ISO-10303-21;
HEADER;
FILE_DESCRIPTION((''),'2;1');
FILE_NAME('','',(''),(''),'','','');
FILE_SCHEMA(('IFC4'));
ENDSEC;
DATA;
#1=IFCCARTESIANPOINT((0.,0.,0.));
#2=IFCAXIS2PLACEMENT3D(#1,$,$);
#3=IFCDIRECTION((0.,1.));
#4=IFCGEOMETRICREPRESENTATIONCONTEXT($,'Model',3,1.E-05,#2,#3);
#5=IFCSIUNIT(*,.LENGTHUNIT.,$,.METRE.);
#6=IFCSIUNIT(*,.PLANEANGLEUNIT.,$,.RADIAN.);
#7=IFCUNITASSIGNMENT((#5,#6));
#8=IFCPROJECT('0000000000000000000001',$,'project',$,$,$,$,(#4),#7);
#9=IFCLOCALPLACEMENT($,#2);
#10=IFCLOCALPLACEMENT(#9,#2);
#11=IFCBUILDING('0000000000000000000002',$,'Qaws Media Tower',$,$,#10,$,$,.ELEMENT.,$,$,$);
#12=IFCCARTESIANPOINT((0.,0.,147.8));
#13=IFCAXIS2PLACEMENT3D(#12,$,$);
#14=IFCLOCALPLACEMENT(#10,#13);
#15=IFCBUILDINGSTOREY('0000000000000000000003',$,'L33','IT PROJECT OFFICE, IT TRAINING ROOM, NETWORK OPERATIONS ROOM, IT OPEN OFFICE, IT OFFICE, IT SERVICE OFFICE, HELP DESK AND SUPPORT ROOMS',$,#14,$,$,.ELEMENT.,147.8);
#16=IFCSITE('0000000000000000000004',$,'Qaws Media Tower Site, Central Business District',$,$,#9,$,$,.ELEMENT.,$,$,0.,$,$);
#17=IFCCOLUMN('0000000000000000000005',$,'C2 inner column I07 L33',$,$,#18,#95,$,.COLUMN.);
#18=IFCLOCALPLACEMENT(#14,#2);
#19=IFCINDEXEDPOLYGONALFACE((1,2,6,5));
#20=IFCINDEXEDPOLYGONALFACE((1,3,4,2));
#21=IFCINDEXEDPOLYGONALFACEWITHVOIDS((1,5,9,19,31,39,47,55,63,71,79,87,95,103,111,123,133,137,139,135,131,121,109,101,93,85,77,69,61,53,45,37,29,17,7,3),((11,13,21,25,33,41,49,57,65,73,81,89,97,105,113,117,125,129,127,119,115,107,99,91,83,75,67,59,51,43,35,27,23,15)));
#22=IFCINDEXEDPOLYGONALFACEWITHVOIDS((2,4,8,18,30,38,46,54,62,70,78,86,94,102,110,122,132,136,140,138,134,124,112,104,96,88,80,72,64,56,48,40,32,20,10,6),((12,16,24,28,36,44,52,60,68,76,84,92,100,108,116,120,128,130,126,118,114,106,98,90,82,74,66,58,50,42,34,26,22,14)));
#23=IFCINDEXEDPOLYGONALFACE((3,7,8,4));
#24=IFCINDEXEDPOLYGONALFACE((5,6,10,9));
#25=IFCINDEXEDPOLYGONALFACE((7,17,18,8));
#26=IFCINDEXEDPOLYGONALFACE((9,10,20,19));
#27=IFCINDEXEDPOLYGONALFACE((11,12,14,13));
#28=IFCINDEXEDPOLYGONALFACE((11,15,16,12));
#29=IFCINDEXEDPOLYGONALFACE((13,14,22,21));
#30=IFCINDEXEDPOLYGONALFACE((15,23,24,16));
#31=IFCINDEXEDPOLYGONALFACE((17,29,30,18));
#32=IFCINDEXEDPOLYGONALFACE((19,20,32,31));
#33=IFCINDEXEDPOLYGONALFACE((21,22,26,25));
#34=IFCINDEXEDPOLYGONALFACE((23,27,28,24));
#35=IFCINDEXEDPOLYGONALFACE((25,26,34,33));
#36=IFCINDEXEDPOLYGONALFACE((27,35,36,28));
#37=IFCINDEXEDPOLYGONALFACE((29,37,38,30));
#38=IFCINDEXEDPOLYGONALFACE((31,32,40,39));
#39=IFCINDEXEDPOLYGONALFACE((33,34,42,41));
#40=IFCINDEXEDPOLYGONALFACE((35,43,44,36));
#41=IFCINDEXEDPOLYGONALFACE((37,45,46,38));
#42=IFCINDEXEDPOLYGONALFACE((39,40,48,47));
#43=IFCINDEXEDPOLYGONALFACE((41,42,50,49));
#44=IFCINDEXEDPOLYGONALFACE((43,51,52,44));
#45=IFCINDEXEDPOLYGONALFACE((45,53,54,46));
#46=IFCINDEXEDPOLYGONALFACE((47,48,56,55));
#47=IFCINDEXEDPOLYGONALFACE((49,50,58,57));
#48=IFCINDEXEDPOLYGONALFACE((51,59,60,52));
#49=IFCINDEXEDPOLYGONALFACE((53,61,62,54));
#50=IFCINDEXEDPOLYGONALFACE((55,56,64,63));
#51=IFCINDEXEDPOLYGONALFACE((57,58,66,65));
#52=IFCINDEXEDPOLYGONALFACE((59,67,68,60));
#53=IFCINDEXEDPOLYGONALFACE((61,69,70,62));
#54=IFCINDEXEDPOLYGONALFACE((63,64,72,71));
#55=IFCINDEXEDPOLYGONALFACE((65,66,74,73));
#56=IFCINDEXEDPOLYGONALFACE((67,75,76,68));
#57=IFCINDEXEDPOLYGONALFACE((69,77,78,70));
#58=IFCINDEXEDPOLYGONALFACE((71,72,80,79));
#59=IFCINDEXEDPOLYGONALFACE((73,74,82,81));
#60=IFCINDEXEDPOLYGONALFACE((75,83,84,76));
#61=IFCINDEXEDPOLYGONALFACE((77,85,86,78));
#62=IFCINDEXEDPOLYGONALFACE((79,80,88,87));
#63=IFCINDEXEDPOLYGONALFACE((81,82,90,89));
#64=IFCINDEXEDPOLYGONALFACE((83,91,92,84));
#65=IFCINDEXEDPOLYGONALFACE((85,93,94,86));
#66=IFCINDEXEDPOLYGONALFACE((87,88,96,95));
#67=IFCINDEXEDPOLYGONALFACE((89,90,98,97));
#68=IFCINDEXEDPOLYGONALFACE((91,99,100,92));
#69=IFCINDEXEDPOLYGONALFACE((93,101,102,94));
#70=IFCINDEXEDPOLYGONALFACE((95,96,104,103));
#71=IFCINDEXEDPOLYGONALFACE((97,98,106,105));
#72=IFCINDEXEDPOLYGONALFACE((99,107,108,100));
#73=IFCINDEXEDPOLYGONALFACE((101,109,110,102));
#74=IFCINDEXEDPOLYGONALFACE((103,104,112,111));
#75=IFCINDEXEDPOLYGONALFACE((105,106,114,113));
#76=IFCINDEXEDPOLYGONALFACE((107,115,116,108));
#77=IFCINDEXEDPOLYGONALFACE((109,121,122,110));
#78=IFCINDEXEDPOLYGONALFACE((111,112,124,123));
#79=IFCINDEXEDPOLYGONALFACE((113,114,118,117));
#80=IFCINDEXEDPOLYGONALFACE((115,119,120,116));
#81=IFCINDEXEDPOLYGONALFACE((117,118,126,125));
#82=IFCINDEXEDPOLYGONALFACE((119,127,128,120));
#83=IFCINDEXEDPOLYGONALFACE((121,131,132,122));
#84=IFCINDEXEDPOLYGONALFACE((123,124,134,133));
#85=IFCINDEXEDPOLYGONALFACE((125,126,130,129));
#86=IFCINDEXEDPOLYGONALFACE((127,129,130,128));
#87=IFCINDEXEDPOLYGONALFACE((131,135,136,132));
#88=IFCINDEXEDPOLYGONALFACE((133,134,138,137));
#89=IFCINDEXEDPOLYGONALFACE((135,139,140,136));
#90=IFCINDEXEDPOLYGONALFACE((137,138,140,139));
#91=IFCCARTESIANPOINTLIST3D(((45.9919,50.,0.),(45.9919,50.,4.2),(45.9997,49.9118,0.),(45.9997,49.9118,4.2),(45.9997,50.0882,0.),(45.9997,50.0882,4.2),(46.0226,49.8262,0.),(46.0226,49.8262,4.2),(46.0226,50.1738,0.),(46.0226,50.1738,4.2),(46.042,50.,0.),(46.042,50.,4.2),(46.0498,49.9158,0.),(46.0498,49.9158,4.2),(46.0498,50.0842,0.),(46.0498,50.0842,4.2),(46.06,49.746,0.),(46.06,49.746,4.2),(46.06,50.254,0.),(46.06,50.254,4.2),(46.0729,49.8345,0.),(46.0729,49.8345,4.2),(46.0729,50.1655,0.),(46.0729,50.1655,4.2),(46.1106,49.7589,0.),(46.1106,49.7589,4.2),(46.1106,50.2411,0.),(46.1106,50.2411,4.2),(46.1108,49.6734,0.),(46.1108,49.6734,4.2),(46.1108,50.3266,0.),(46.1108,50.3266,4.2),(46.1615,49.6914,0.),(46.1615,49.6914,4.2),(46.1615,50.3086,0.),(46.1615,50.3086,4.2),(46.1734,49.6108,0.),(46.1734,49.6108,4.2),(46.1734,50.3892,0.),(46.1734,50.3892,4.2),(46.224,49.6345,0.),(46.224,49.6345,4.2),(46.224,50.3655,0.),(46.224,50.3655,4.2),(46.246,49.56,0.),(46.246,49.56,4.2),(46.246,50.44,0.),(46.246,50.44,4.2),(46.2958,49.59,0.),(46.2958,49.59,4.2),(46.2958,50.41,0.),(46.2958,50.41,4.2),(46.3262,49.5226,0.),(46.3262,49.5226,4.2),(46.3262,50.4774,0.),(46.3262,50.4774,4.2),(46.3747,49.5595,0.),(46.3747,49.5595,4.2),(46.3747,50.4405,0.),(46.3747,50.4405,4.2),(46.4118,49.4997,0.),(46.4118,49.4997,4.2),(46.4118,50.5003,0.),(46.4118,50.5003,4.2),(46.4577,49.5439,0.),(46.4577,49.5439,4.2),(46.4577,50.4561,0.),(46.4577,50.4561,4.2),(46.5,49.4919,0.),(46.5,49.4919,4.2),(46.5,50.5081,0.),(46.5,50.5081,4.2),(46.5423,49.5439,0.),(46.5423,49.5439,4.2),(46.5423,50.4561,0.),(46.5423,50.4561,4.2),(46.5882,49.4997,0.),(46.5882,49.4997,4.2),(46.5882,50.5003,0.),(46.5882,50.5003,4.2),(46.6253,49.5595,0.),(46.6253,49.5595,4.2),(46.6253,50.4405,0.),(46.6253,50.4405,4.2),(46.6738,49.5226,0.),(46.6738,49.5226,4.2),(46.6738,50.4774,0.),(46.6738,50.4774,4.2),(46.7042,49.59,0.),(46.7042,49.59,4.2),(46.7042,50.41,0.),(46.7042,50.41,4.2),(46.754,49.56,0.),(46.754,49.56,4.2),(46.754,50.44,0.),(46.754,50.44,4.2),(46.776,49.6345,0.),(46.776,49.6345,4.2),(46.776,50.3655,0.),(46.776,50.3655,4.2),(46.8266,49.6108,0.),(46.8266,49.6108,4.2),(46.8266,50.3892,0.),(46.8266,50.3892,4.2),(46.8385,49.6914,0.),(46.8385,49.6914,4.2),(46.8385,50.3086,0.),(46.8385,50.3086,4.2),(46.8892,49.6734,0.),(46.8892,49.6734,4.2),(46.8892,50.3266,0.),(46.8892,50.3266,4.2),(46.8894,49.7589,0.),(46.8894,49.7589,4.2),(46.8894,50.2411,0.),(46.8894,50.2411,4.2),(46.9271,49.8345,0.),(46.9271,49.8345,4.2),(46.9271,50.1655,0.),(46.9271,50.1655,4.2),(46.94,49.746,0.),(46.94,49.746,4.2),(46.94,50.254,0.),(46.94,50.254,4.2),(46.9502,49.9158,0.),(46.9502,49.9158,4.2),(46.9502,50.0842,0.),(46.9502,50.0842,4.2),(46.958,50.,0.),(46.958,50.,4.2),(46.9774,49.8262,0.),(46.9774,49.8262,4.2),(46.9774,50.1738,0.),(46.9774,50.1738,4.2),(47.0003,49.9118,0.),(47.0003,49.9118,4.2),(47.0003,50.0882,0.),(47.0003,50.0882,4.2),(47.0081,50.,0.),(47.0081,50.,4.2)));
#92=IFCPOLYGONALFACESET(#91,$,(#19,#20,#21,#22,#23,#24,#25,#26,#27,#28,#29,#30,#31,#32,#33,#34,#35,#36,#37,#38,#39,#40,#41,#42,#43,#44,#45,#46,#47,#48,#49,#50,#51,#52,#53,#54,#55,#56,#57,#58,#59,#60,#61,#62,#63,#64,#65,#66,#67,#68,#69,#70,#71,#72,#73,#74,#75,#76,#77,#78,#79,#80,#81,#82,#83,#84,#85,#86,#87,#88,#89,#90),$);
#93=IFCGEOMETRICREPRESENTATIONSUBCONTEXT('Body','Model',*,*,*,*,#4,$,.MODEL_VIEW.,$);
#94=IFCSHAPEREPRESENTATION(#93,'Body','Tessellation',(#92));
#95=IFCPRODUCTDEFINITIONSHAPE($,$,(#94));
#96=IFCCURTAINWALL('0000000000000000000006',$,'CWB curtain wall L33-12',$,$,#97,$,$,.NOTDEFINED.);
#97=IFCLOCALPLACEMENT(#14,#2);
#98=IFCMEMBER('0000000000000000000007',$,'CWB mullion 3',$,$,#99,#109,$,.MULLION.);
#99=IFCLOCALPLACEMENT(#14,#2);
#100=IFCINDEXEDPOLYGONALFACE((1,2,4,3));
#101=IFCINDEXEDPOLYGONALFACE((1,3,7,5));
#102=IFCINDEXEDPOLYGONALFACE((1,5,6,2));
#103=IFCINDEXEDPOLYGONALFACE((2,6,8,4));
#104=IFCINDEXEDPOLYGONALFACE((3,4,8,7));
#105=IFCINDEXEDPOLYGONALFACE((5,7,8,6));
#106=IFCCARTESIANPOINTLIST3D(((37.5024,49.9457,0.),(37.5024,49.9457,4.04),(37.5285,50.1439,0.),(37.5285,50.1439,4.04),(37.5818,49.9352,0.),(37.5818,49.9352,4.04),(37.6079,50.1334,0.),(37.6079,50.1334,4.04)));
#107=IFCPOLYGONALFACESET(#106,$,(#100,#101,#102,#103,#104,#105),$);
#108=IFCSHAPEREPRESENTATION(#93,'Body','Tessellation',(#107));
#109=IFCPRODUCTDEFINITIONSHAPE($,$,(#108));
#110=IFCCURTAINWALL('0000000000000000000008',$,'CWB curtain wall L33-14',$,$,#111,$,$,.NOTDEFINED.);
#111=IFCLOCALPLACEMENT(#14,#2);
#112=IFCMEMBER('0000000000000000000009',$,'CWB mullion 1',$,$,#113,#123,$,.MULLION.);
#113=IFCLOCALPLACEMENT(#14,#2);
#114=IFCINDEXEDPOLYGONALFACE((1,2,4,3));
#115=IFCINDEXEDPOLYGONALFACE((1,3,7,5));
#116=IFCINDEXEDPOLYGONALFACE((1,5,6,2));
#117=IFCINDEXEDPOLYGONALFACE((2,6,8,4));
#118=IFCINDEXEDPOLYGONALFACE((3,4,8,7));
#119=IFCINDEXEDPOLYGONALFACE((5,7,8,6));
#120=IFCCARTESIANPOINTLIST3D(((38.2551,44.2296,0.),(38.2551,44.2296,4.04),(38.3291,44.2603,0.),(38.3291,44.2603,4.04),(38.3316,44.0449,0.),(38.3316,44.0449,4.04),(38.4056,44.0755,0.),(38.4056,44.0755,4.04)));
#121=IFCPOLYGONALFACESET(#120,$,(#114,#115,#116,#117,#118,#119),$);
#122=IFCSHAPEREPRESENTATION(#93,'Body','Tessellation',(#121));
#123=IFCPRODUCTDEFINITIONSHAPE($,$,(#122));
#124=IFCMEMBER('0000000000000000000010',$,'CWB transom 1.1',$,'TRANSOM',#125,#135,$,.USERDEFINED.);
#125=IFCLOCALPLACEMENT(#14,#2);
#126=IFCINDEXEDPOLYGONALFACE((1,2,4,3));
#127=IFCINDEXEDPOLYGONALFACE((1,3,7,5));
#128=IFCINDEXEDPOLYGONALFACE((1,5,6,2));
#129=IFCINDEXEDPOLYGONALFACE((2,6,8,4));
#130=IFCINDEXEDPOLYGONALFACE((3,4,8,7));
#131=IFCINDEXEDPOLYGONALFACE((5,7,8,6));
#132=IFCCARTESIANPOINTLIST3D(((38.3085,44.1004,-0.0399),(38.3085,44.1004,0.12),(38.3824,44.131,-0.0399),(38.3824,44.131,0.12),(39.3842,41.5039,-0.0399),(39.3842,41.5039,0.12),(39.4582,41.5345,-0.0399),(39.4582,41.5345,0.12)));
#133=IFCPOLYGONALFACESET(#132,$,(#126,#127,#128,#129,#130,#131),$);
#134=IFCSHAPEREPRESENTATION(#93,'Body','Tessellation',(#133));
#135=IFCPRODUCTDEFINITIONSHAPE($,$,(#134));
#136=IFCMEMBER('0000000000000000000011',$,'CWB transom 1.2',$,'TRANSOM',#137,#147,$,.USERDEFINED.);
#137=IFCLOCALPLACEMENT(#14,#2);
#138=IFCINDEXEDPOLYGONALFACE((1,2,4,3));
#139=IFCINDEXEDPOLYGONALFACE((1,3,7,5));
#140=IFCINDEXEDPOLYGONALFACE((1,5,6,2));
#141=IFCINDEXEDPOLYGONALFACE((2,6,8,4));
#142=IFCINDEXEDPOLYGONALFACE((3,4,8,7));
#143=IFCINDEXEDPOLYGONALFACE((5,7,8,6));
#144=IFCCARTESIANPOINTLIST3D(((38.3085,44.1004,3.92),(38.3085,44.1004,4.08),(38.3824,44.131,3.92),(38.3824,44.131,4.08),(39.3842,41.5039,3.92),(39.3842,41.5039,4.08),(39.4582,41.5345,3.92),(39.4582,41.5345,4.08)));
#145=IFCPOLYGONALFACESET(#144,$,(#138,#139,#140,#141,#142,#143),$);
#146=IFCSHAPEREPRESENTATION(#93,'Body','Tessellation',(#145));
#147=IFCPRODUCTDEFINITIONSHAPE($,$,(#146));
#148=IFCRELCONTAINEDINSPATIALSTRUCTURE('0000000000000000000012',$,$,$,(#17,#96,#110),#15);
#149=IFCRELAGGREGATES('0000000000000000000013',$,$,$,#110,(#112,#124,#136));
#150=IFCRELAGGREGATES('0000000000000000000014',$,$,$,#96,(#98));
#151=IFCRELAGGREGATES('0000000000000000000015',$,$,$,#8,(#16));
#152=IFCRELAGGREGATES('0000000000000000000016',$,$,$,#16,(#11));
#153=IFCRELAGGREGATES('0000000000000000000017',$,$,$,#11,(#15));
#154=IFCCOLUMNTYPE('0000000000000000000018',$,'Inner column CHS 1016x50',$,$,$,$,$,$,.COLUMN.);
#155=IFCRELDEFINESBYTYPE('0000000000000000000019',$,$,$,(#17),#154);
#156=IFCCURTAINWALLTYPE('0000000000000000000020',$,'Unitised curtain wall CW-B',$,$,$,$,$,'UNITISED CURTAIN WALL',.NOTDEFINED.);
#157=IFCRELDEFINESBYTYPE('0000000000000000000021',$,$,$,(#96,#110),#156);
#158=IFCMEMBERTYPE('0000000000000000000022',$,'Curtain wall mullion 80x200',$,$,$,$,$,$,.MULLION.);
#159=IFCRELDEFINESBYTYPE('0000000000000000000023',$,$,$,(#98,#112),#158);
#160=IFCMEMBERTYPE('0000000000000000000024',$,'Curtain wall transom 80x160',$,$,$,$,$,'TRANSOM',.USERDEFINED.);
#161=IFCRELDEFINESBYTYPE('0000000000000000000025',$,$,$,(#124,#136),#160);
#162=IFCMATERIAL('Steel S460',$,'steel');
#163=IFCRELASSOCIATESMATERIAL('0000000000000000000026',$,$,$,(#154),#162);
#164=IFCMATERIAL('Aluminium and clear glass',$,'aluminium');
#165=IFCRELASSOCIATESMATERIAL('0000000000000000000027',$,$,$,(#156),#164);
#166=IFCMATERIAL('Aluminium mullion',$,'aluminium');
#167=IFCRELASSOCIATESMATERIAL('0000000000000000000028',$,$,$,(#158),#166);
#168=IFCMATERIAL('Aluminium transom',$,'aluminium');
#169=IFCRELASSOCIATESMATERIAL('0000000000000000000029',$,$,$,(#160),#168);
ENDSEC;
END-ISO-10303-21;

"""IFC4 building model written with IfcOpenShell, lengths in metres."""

from ifc_helpers import new_model, si_unit, direction, frame, origin, origin_2d, place, context, subcontext, project, spatial, rectangle, hollow_circle, extrude, material, material_profile, profile_set, type_object, element, aggregate, save


model = new_model("IFC4")

# Units and contexts
model_context = context("Model", 3, precision=1e-05, world=origin(), true_north=direction((0.0, 1.0)))
body_context = subcontext(model_context, "Body", "Model", "MODEL_VIEW")
ifc_project = project(units=[si_unit("LENGTHUNIT", "METRE"), si_unit("PLANEANGLEUNIT", "RADIAN")], contexts=[model_context])

# Site, building, storey
site_placement = place(None, origin())
site = spatial("IfcSite", under=ifc_project, at=site_placement, Name="Qaws Media Tower Site, Central Business District", CompositionType="ELEMENT", RefElevation=0.0)
building_placement = place(site_placement, origin())
building = spatial("IfcBuilding", under=site, at=building_placement, Name="Qaws Media Tower", CompositionType="ELEMENT")
storey_placement = place(building_placement, frame((0.0, 0.0, 147.8)))
storey = spatial("IfcBuildingStorey", under=building, at=storey_placement, Name="L33", Description="IT PROJECT OFFICE, IT TRAINING ROOM, NETWORK OPERATIONS ROOM, IT OPEN OFFICE, IT OFFICE, IT SERVICE OFFICE, HELP DESK AND SUPPORT ROOMS", CompositionType="ELEMENT", Elevation=147.8)

# Column
ifc_material_1 = material(Name="Steel S460", Category="steel")
ifc_material_profile_1 = material_profile(ifc_material_1, hollow_circle(Radius=0.5081, WallThickness=0.05, at=origin_2d()), Name="CHS 1016x50")
ifc_profile_set_1 = profile_set([ifc_material_profile_1], Name="Steel S460")
column_type = type_object("IfcColumnType", Name="Inner column CHS 1016x50", PredefinedType="COLUMN", material=ifc_profile_set_1)
column_placement = place(storey_placement, frame((46.5, 50.0, 0.0), z_axis=(0.0, 0.0, 1.0), x_axis=(1.0, 0.0, 0.0)))
element("IfcColumn", 1, at=column_placement, inside=storey, type_object=column_type, Name="C2 inner column I07 L33", PredefinedType="COLUMN", context=body_context, shape_type="SweptSolid", body=[
    extrude(hollow_circle(Radius=0.5081, WallThickness=0.05, at=origin_2d()), origin(), (0.0, 0.0, 1.0), 4.2),
])

# Curtain wall, member
ifc_material_2 = material(Name="Aluminium and clear glass", Category="aluminium")
curtain_wall_type = type_object("IfcCurtainWallType", Name="Unitised curtain wall CW-B", ElementType="UNITISED CURTAIN WALL", PredefinedType="NOTDEFINED", material=ifc_material_2)
curtain_wall_1_placement = place(storey_placement, origin())
curtain_wall_1 = element("IfcCurtainWall", 2, at=curtain_wall_1_placement, inside=storey, type_object=curtain_wall_type, Name="CWB curtain wall L33-12", PredefinedType="NOTDEFINED")
ifc_material_3 = material(Name="Aluminium mullion", Category="aluminium")
ifc_material_profile_2 = material_profile(ifc_material_3, rectangle(XDim=0.0801, YDim=0.2, at=origin_2d()), Name="80x200")
ifc_profile_set_2 = profile_set([ifc_material_profile_2], Name="Aluminium mullion")
member_type_1 = type_object("IfcMemberType", Name="Curtain wall mullion 80x200", PredefinedType="MULLION", material=ifc_profile_set_2)
member_1_placement = place(storey_placement, frame((37.5552, 50.0396, 0.0), z_axis=(0.0, 0.0, 1.0), x_axis=(0.991445, -0.130526, 0.0)))
member_1 = element("IfcMember", 3, at=member_1_placement, type_object=member_type_1, Name="CWB mullion 3", PredefinedType="MULLION", context=body_context, shape_type="SweptSolid", body=[
    extrude(rectangle(XDim=0.0801, YDim=0.2, at=origin_2d()), origin(), (0.0, 0.0, 1.0), 4.04),
])

# Curtain wall, members
curtain_wall_2_placement = place(storey_placement, origin())
curtain_wall_2 = element("IfcCurtainWall", 4, at=curtain_wall_2_placement, inside=storey, type_object=curtain_wall_type, Name="CWB curtain wall L33-14", PredefinedType="NOTDEFINED")
member_2_placement = place(storey_placement, frame((38.3303, 44.1526, 0.0), z_axis=(0.0, 0.0, 1.0), x_axis=(0.923879, 0.382684, 0.0)))
member_2 = element("IfcMember", 5, at=member_2_placement, type_object=member_type_1, Name="CWB mullion 1", PredefinedType="MULLION", context=body_context, shape_type="SweptSolid", body=[
    extrude(rectangle(XDim=0.0801, YDim=0.2, at=origin_2d()), origin(), (0.0, 0.0, 1.0), 4.04),
])
ifc_material_4 = material(Name="Aluminium transom", Category="aluminium")
ifc_material_profile_3 = material_profile(ifc_material_4, rectangle(XDim=0.0801, YDim=0.1599, at=origin_2d()), Name="80x160")
ifc_profile_set_3 = profile_set([ifc_material_profile_3], Name="Aluminium transom")
member_type_2 = type_object("IfcMemberType", Name="Curtain wall transom 80x160", ElementType="TRANSOM", PredefinedType="USERDEFINED", material=ifc_profile_set_3)
member_3_placement = place(storey_placement, frame((38.3455, 44.1157, 0.04), z_axis=(0.382746, -0.923854, 0.0), x_axis=(0.923854, 0.382746, 0.0)))
member_3 = element("IfcMember", 6, at=member_3_placement, type_object=member_type_2, Name="CWB transom 1.1", ObjectType="TRANSOM", PredefinedType="USERDEFINED", context=body_context, shape_type="SweptSolid", body=[
    extrude(rectangle(XDim=0.0801, YDim=0.1599, at=origin_2d()), origin(), (0.0, 0.0, 1.0), 2.8105),
])
member_4_placement = place(storey_placement, frame((38.3455, 44.1157, 4.0), z_axis=(0.382746, -0.923854, 0.0), x_axis=(0.923854, 0.382746, 0.0)))
member_4 = element("IfcMember", 7, at=member_4_placement, type_object=member_type_2, Name="CWB transom 1.2", ObjectType="TRANSOM", PredefinedType="USERDEFINED", context=body_context, shape_type="SweptSolid", body=[
    extrude(rectangle(XDim=0.0801, YDim=0.1599, at=origin_2d()), origin(), (0.0, 0.0, 1.0), 2.8105),
])
aggregate(curtain_wall_2, [member_2, member_3, member_4])

aggregate(curtain_wall_1, [member_1])

save(model, "model.ifc")
